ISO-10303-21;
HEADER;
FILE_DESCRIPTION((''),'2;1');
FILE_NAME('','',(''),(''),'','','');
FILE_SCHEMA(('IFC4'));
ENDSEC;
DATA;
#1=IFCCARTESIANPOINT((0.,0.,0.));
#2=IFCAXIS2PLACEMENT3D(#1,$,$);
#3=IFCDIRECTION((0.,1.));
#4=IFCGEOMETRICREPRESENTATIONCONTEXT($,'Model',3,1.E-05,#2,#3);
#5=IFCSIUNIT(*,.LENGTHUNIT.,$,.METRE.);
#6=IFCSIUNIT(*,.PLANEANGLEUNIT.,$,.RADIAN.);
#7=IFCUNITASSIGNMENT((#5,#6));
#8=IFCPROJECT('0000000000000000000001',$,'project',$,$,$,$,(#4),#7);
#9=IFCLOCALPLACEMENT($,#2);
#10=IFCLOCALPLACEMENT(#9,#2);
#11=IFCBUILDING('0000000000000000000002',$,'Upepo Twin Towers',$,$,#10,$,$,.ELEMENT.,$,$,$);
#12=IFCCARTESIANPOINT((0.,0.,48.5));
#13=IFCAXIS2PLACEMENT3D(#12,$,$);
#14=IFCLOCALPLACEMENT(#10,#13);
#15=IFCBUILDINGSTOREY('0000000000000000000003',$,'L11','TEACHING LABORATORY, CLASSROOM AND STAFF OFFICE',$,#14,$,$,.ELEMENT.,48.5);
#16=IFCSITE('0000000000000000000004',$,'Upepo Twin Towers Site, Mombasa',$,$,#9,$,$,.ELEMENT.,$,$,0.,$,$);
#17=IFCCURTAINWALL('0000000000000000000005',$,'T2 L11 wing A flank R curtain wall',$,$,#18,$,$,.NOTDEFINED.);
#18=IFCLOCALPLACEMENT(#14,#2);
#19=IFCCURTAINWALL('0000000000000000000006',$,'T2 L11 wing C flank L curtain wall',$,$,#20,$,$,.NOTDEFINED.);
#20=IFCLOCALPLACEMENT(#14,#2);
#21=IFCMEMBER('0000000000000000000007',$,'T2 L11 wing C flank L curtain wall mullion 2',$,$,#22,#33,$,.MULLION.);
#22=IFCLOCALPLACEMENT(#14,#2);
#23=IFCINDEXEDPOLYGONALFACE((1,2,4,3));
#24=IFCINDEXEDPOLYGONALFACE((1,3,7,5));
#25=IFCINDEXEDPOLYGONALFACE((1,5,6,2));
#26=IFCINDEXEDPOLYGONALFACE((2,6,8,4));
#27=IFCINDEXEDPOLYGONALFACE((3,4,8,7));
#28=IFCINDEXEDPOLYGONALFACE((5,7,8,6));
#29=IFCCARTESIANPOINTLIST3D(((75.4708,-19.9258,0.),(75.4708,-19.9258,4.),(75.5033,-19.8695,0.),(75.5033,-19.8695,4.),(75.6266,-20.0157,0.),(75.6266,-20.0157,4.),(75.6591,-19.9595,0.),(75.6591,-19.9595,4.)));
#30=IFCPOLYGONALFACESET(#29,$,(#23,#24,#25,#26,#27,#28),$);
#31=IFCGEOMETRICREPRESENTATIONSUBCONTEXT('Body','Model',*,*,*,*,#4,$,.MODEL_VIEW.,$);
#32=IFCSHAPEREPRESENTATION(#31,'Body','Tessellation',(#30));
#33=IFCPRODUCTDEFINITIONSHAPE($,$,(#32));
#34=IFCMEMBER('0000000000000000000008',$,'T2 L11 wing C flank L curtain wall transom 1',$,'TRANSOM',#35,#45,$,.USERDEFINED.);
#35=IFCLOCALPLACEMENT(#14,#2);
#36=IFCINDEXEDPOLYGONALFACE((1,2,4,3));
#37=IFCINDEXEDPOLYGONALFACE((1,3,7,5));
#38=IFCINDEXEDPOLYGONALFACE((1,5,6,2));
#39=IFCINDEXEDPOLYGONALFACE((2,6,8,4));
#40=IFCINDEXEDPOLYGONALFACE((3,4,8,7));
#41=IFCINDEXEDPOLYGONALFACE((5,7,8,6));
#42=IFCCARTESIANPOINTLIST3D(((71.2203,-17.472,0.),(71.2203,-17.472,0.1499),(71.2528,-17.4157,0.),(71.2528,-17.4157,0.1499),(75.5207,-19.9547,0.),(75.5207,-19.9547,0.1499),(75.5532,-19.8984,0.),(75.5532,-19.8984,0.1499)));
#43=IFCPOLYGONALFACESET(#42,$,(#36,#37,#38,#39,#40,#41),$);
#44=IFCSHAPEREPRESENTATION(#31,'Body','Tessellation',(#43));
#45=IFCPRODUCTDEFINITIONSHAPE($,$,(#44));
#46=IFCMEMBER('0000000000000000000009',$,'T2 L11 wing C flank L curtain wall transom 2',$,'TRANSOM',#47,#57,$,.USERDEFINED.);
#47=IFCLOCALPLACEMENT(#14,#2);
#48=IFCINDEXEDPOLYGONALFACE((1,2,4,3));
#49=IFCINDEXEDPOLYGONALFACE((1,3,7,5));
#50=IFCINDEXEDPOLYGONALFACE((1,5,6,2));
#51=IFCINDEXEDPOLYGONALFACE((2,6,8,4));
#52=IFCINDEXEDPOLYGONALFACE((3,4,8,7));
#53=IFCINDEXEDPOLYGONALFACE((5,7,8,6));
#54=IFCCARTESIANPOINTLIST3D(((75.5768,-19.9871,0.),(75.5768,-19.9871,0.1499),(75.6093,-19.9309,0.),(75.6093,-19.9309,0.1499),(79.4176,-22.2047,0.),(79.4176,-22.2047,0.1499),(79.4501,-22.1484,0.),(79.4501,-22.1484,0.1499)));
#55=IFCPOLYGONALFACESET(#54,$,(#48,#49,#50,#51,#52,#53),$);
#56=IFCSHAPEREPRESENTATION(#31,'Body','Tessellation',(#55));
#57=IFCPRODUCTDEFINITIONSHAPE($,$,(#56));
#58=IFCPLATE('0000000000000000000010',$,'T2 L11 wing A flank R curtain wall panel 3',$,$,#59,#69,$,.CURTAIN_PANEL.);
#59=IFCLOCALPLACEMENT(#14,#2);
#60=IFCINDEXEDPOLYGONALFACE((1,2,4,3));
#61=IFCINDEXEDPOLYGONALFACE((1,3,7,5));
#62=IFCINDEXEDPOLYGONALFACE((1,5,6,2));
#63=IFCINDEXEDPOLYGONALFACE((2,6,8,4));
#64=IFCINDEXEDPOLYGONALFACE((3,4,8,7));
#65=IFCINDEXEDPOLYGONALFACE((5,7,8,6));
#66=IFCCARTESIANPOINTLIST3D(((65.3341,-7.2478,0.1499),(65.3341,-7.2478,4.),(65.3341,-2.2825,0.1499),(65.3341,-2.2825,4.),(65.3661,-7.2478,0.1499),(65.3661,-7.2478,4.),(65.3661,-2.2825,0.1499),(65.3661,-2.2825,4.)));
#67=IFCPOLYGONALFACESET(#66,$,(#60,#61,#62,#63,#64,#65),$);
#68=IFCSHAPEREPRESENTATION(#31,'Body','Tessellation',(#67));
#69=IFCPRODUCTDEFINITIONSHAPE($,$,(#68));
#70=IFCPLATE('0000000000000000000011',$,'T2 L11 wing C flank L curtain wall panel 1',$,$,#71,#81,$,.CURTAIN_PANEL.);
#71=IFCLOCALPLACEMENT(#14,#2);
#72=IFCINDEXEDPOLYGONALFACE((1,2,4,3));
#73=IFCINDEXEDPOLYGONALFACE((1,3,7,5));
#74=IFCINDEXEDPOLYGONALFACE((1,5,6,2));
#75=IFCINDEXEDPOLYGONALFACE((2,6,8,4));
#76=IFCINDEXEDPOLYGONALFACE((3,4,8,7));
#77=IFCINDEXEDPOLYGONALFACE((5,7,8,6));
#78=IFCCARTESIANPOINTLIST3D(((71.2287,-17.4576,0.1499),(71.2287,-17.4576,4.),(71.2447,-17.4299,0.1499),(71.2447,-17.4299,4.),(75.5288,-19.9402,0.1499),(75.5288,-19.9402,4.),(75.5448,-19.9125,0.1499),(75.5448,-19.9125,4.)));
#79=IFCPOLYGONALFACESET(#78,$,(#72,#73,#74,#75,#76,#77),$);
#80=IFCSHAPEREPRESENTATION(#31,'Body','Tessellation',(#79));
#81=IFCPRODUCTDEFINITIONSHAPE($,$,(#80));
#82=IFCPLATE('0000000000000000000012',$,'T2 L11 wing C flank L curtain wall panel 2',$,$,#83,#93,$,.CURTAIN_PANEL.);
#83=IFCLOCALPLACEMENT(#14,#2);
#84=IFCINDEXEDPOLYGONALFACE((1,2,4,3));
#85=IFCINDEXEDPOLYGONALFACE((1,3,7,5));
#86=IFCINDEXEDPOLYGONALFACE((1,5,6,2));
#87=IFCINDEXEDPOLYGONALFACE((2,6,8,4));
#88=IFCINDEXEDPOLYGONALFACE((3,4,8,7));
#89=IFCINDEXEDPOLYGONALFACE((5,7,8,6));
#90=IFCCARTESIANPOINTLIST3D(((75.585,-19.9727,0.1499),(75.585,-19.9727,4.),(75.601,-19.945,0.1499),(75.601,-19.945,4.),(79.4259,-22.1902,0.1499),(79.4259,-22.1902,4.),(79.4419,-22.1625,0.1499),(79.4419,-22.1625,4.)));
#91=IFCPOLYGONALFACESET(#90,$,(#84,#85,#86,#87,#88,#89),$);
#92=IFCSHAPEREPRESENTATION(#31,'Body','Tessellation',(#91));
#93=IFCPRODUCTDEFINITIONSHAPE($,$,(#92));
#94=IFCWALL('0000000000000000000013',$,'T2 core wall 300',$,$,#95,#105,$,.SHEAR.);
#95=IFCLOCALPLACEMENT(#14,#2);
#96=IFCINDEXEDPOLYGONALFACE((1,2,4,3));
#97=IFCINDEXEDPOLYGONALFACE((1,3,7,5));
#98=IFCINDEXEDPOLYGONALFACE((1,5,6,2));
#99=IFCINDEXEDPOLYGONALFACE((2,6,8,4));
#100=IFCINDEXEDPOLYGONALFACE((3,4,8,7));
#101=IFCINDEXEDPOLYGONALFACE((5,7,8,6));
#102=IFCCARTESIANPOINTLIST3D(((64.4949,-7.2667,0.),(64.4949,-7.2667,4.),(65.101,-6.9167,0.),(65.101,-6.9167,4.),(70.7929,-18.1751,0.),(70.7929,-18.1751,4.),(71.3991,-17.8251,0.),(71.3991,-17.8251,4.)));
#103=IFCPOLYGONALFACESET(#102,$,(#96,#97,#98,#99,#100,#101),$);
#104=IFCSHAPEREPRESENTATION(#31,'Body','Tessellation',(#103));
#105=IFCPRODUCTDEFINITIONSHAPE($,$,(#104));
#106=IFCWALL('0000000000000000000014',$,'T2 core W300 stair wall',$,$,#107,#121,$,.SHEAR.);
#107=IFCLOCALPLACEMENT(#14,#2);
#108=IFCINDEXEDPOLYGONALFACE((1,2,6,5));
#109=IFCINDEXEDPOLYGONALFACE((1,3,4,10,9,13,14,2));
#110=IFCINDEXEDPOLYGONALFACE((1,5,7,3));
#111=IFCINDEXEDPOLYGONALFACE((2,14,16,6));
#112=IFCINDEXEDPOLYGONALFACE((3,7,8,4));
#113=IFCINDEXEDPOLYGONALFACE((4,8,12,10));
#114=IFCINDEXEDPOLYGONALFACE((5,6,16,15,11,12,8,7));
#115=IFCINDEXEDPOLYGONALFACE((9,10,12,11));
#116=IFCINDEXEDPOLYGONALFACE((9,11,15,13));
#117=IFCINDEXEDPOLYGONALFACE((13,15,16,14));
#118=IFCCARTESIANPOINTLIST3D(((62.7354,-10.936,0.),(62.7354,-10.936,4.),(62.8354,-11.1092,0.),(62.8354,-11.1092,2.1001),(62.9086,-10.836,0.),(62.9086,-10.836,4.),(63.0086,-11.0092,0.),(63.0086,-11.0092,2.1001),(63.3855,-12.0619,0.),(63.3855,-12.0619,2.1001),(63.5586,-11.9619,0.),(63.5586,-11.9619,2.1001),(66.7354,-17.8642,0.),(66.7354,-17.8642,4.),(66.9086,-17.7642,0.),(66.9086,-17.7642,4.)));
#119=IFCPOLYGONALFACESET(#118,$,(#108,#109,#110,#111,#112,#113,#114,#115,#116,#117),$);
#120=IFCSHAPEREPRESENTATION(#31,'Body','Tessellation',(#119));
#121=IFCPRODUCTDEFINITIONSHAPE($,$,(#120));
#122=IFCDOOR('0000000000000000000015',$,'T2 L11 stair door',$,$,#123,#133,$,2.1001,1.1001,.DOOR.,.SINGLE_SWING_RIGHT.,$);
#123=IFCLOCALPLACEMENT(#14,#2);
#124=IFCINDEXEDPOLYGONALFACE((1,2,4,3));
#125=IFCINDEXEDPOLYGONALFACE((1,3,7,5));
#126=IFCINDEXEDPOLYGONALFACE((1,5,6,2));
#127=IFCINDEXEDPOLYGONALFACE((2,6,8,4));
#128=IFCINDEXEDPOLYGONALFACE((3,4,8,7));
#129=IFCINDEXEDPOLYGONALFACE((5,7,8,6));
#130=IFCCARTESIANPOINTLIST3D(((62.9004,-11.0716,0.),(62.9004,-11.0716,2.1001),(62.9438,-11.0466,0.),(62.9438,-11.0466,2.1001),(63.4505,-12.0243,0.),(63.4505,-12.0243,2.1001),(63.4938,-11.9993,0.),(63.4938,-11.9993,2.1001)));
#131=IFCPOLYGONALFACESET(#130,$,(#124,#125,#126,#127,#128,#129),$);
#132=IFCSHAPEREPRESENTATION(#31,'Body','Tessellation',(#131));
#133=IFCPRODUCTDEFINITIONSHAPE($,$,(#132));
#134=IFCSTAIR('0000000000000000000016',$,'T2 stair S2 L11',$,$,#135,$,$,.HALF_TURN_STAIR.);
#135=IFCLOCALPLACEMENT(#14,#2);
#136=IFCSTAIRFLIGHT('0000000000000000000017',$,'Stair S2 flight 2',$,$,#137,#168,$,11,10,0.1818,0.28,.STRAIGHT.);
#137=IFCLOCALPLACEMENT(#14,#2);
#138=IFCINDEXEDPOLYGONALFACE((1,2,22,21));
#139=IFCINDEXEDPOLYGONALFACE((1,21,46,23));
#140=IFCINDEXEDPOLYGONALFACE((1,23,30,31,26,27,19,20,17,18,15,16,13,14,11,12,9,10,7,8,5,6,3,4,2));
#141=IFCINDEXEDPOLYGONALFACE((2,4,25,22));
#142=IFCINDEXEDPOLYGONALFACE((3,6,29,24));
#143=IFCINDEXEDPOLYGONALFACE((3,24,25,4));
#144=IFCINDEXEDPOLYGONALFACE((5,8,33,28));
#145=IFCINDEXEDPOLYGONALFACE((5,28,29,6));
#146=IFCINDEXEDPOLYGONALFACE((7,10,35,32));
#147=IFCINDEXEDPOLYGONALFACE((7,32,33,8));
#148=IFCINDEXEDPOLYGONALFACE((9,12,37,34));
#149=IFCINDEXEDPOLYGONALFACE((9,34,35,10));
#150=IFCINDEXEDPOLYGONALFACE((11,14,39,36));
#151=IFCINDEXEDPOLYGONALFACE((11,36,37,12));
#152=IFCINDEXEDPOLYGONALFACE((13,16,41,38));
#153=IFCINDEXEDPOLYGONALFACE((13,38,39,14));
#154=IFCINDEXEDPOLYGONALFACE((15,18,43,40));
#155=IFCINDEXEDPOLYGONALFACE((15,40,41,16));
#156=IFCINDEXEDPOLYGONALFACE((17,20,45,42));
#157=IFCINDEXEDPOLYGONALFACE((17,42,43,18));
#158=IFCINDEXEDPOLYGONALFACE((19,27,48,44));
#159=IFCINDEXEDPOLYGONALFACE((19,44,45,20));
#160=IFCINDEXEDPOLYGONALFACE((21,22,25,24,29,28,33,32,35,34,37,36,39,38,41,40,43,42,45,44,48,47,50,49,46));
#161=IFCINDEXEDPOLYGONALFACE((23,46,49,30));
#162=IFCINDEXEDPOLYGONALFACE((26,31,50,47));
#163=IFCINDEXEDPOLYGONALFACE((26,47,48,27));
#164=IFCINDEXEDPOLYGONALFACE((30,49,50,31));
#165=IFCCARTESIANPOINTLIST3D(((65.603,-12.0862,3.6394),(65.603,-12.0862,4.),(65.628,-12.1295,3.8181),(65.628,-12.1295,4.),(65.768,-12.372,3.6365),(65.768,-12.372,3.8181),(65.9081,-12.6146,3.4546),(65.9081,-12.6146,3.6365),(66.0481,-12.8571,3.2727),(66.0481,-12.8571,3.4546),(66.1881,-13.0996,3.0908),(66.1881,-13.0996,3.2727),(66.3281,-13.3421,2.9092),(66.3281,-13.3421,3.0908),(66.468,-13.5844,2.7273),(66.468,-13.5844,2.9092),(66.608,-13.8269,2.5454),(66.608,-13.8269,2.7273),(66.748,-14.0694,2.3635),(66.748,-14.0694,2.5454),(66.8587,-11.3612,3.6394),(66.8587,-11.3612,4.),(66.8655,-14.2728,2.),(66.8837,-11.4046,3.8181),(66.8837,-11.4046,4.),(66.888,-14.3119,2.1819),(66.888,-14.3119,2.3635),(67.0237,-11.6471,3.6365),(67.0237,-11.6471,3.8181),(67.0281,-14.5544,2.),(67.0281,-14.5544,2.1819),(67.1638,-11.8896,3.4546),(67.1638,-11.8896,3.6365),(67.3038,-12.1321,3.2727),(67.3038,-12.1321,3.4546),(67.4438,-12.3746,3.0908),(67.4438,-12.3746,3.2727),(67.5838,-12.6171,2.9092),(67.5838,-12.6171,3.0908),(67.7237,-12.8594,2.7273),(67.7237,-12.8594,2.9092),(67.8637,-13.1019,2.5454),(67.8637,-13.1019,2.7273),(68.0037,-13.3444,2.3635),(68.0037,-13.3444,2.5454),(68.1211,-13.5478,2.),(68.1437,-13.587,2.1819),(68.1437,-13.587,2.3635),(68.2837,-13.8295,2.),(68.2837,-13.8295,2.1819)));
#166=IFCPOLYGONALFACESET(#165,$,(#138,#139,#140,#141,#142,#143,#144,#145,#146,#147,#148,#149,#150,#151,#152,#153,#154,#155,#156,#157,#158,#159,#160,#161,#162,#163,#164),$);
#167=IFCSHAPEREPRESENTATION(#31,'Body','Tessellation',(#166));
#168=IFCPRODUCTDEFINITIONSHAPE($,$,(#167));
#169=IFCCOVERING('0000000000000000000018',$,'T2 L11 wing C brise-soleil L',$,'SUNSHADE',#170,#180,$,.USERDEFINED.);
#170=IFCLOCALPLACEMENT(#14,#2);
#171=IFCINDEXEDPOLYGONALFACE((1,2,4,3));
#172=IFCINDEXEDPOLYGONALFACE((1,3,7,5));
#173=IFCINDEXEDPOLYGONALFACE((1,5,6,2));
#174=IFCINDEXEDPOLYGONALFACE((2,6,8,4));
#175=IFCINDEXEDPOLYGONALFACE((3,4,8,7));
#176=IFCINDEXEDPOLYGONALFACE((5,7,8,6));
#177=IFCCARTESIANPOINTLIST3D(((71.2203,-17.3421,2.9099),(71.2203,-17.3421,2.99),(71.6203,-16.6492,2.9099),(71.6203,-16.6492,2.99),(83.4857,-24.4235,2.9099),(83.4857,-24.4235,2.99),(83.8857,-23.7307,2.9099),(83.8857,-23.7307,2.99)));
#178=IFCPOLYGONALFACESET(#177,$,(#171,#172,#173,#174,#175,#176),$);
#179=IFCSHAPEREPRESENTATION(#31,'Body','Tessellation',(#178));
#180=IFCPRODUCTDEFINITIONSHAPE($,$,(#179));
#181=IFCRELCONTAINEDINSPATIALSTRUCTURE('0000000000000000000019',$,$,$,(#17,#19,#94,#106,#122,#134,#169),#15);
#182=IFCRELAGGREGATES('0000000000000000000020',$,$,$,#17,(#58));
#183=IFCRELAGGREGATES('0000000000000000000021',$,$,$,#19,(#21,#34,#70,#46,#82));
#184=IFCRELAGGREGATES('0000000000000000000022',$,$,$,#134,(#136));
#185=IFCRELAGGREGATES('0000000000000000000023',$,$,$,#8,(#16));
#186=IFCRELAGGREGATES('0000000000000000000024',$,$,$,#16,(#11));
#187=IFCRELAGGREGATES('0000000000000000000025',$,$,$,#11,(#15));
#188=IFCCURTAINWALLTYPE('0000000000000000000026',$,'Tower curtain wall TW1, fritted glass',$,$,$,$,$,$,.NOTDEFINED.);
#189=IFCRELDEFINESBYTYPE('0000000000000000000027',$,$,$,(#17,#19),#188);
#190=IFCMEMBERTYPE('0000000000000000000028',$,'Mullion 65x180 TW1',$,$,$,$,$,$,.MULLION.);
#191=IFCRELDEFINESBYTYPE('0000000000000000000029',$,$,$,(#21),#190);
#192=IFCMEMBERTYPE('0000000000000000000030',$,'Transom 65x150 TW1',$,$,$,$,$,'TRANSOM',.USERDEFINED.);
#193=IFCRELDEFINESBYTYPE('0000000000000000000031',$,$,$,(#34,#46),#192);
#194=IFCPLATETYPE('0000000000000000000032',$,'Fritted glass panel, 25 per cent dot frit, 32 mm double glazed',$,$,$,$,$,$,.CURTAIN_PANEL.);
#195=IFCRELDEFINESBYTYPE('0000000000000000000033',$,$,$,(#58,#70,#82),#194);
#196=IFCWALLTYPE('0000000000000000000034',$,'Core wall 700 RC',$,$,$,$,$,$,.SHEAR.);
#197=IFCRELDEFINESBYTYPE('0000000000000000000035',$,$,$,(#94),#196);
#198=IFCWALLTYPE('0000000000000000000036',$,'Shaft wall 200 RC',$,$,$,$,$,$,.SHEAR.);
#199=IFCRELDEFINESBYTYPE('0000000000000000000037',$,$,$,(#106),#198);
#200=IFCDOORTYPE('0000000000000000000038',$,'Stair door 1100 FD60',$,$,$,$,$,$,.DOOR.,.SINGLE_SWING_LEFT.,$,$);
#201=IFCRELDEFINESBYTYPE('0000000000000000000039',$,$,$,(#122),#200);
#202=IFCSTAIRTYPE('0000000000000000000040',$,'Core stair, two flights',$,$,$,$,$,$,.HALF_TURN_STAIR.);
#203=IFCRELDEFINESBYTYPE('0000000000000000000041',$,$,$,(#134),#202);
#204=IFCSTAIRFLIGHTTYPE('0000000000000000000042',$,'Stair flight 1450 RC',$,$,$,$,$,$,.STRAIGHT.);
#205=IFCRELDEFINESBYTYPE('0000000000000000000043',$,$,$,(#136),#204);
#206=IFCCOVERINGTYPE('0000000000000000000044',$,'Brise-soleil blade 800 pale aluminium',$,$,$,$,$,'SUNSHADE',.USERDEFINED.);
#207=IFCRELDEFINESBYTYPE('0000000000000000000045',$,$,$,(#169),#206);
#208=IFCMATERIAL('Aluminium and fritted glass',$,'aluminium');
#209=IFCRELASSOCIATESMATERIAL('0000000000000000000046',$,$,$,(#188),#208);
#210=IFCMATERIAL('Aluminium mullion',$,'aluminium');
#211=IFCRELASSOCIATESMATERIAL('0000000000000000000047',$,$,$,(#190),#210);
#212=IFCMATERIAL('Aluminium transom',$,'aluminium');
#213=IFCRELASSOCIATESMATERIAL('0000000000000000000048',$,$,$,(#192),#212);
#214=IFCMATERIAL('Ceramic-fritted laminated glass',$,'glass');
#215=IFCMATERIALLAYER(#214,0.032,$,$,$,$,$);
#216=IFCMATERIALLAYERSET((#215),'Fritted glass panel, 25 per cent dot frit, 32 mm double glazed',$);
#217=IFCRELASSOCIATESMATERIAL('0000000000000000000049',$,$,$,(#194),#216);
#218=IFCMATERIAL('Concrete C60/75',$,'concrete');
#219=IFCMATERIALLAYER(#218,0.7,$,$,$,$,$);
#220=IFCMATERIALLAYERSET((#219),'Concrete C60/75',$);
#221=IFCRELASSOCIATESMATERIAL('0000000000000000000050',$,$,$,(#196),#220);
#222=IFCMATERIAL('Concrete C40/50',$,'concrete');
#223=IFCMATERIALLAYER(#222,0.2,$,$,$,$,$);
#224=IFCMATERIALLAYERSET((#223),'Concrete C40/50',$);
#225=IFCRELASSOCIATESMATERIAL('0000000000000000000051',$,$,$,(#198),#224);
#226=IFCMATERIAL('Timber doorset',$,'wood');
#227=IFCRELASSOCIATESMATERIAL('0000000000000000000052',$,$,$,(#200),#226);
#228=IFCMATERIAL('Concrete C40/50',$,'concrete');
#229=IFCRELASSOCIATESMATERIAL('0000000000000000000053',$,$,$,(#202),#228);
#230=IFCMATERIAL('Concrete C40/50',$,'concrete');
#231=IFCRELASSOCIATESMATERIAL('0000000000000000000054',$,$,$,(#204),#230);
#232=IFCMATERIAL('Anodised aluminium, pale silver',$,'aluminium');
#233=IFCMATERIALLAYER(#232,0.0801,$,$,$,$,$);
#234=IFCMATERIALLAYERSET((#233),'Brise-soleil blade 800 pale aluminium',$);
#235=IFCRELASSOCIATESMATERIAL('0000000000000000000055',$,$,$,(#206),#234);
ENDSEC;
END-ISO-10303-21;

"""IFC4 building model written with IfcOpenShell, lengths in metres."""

from ifc_helpers import new_model, si_unit, direction, frame, frame_2d, origin, origin_2d, place, context, subcontext, project, spatial, polyline, rectangle, outline, extrude, material, layer, layer_set, material_profile, profile_set, type_object, element, fill, aggregate, save


model = new_model("IFC4")

# Units and contexts
model_context = context("Model", 3, precision=1e-05, world=origin(), true_north=direction((0.0, 1.0)))
body_context = subcontext(model_context, "Body", "Model", "MODEL_VIEW")
ifc_project = project(units=[si_unit("LENGTHUNIT", "METRE"), si_unit("PLANEANGLEUNIT", "RADIAN")], contexts=[model_context])

# Site, building, storey
site_placement = place(None, origin())
site = spatial("IfcSite", under=ifc_project, at=site_placement, Name="Upepo Twin Towers Site, Mombasa", CompositionType="ELEMENT", RefElevation=0.0)
building_placement = place(site_placement, origin())
building = spatial("IfcBuilding", under=site, at=building_placement, Name="Upepo Twin Towers", CompositionType="ELEMENT")
storey_placement = place(building_placement, frame((0.0, 0.0, 48.5)))
storey = spatial("IfcBuildingStorey", under=building, at=storey_placement, Name="L11", Description="TEACHING LABORATORY, CLASSROOM AND STAFF OFFICE", CompositionType="ELEMENT", Elevation=48.5)

# Curtain wall
ifc_material_1 = material(Name="Aluminium and fritted glass", Category="aluminium")
curtain_wall_type = type_object("IfcCurtainWallType", Name="Tower curtain wall TW1, fritted glass", PredefinedType="NOTDEFINED", material=ifc_material_1)
curtain_wall_1_placement = place(storey_placement, origin())
curtain_wall_1 = element("IfcCurtainWall", 1, at=curtain_wall_1_placement, inside=storey, type_object=curtain_wall_type, Name="T2 L11 wing A flank R curtain wall", PredefinedType="NOTDEFINED")
ifc_material_2 = material(Name="Aluminium mullion", Category="aluminium")
ifc_material_profile_1 = material_profile(ifc_material_2, rectangle(XDim=0.0649, YDim=0.1799, at=origin_2d()), Name="MULLION 65x180")
ifc_profile_set_1 = profile_set([ifc_material_profile_1], Name="Aluminium mullion")
member_type_1 = type_object("IfcMemberType", Name="Mullion 65x180 TW1", PredefinedType="MULLION", material=ifc_profile_set_1)

# Curtain wall, members
curtain_wall_2_placement = place(storey_placement, origin())
curtain_wall_2 = element("IfcCurtainWall", 2, at=curtain_wall_2_placement, inside=storey, type_object=curtain_wall_type, Name="T2 L11 wing C flank L curtain wall", PredefinedType="NOTDEFINED")
member_1_placement = place(storey_placement, frame((75.5649, -19.9426, 0.0), z_axis=(0.0, 0.0, 1.0), x_axis=(0.5, 0.866025, 0.0)))
member_1 = element("IfcMember", 3, at=member_1_placement, type_object=member_type_1, Name="T2 L11 wing C flank L curtain wall mullion 2", PredefinedType="MULLION", context=body_context, shape_type="SweptSolid", body=[
    extrude(rectangle(XDim=0.0649, YDim=0.1799, at=origin_2d()), origin(), (0.0, 0.0, 1.0), 4.0),
])
ifc_material_3 = material(Name="Aluminium transom", Category="aluminium")
ifc_material_profile_2 = material_profile(ifc_material_3, rectangle(XDim=0.0649, YDim=0.1499, at=origin_2d()), Name="TRANSOM 65x150")
ifc_profile_set_2 = profile_set([ifc_material_profile_2], Name="Aluminium transom")
member_type_2 = type_object("IfcMemberType", Name="Transom 65x150 TW1", ElementType="TRANSOM", PredefinedType="USERDEFINED", material=ifc_profile_set_2)
member_2_placement = place(storey_placement, frame((71.2366, -17.4438, 0.075), z_axis=(0.866035, -0.499983, 0.0), x_axis=(0.499983, 0.866035, 0.0)))
member_2 = element("IfcMember", 4, at=member_2_placement, type_object=member_type_2, Name="T2 L11 wing C flank L curtain wall transom 1", ObjectType="TRANSOM", PredefinedType="USERDEFINED", context=body_context, shape_type="SweptSolid", body=[
    extrude(rectangle(XDim=0.0649, YDim=0.1499, at=origin_2d()), origin(), (0.0, 0.0, 1.0), 4.9656),
])
member_3_placement = place(storey_placement, frame((75.593, -19.959, 0.075), z_axis=(0.866022, -0.500005, 0.0), x_axis=(0.500005, 0.866022, 0.0)))
member_3 = element("IfcMember", 5, at=member_3_placement, type_object=member_type_2, Name="T2 L11 wing C flank L curtain wall transom 2", ObjectType="TRANSOM", PredefinedType="USERDEFINED", context=body_context, shape_type="SweptSolid", body=[
    extrude(rectangle(XDim=0.0649, YDim=0.1499, at=origin_2d()), origin(), (0.0, 0.0, 1.0), 4.4351),
])

# Plates
ifc_material_4 = material(Name="Ceramic-fritted laminated glass", Category="glass")
ifc_layer_1 = layer(ifc_material_4, 0.032)
ifc_layer_set_1 = layer_set([ifc_layer_1], Name="Fritted glass panel, 25 per cent dot frit, 32 mm double glazed")
plate_type = type_object("IfcPlateType", Name="Fritted glass panel, 25 per cent dot frit, 32 mm double glazed", PredefinedType="CURTAIN_PANEL", material=ifc_layer_set_1)
plate_1_placement = place(storey_placement, frame((65.3501, -4.7651, 0.1499), z_axis=(0.0, 0.0, 1.0), x_axis=(0.0, -1.0, 0.0)))
plate_1 = element("IfcPlate", 6, at=plate_1_placement, type_object=plate_type, Name="T2 L11 wing A flank R curtain wall panel 3", PredefinedType="CURTAIN_PANEL", context=body_context, shape_type="SweptSolid", body=[
    extrude(rectangle(XDim=4.9653, YDim=0.032, at=origin_2d()), origin(), (0.0, 0.0, 1.0), 3.8501),
])
aggregate(curtain_wall_1, [plate_1])
plate_2_placement = place(storey_placement, frame((73.3867, -18.6851, 0.1499), z_axis=(0.0, 0.0, 1.0), x_axis=(0.866025, -0.5, 0.0)))
plate_2 = element("IfcPlate", 7, at=plate_2_placement, type_object=plate_type, Name="T2 L11 wing C flank L curtain wall panel 1", PredefinedType="CURTAIN_PANEL", context=body_context, shape_type="SweptSolid", body=[
    extrude(rectangle(XDim=4.9653, YDim=0.032, at=origin_2d()), origin(), (0.0, 0.0, 1.0), 3.8501),
])
plate_3_placement = place(storey_placement, frame((77.5134, -21.0676, 0.1499), z_axis=(0.0, 0.0, 1.0), x_axis=(0.866025, -0.5, 0.0)))
plate_3 = element("IfcPlate", 8, at=plate_3_placement, type_object=plate_type, Name="T2 L11 wing C flank L curtain wall panel 2", PredefinedType="CURTAIN_PANEL", context=body_context, shape_type="SweptSolid", body=[
    extrude(rectangle(XDim=4.4351, YDim=0.032, at=origin_2d()), origin(), (0.0, 0.0, 1.0), 3.8501),
])
aggregate(curtain_wall_2, [member_1, member_2, plate_2, member_3, plate_3])

# Wall
ifc_material_5 = material(Name="Concrete C60/75", Category="concrete")
ifc_layer_2 = layer(ifc_material_5, 0.7)
ifc_layer_set_2 = layer_set([ifc_layer_2], Name="Concrete C60/75")
wall_type_1 = type_object("IfcWallType", Name="Core wall 700 RC", PredefinedType="SHEAR", material=ifc_layer_set_2)
wall_1_placement = place(storey_placement, frame((71.0959, -18.0, 0.0), z_axis=(0.0, 0.0, 1.0), x_axis=(-0.500006, 0.866022, 0.0)))
element("IfcWall", 9, at=wall_1_placement, inside=storey, type_object=wall_type_1, Name="T2 core wall 300", PredefinedType="SHEAR", context=body_context, shape_type="SweptSolid", body=[
    extrude(rectangle(XDim=12.5959, YDim=0.7, at=frame_2d((6.2979, 0.0))), origin(), (0.0, 0.0, 1.0), 4.0),
])

# Wall, opening, door
ifc_material_6 = material(Name="Concrete C40/50", Category="concrete")
ifc_layer_3 = layer(ifc_material_6, 0.2)
ifc_layer_set_3 = layer_set([ifc_layer_3], Name="Concrete C40/50")
wall_type_2 = type_object("IfcWallType", Name="Shaft wall 200 RC", PredefinedType="SHEAR", material=ifc_layer_set_3)
wall_2_placement = place(storey_placement, frame((66.822, -17.8142, 0.0), z_axis=(0.0, 0.0, 1.0), x_axis=(-0.499999, 0.866026, 0.0)))
wall_2 = element("IfcWall", 10, at=wall_2_placement, inside=storey, type_object=wall_type_2, Name="T2 core W300 stair wall", PredefinedType="SHEAR", context=body_context, shape_type="SweptSolid", body=[
    extrude(rectangle(XDim=8.0, YDim=0.2, at=frame_2d((4.0, 0.0))), origin(), (0.0, 0.0, 1.0), 4.0),
])
opening_placement = place(wall_2_placement, frame((6.7, 0.0, 0.0)))
opening = element("IfcOpeningElement", 11, at=opening_placement, cuts=wall_2, PredefinedType="OPENING", context=body_context, shape_type="SweptSolid", body=[
    extrude(rectangle(XDim=1.1001, YDim=2.1001, at=frame_2d((0.55, 1.05))), frame((0.0, 0.1099, 0.0), z_axis=(0.0, -1.0, 0.0), x_axis=(1.0, 0.0, 0.0)), (0.0, 0.0, 1.0), 0.22),
])
ifc_material_7 = material(Name="Timber doorset", Category="wood")
door_type = type_object("IfcDoorType", Name="Stair door 1100 FD60", OperationType="SINGLE_SWING_LEFT", PredefinedType="DOOR", material=ifc_material_7)
door_placement = place(opening_placement, origin())
door = element("IfcDoor", 12, at=door_placement, inside=storey, type_object=door_type, Name="T2 L11 stair door", OperationType="SINGLE_SWING_RIGHT", OverallHeight=2.1001, OverallWidth=1.1001, PredefinedType="DOOR", context=body_context, shape_type="SweptSolid", body=[
    extrude(rectangle(XDim=1.1001, YDim=2.1001, at=frame_2d((0.55, 1.05))), frame((0.0, 0.0249, 0.0), z_axis=(0.0, -1.0, 0.0), x_axis=(1.0, 0.0, 0.0)), (0.0, 0.0, 1.0), 0.05),
])
fill(opening, door)

# Stair, stair flight
ifc_material_8 = material(Name="Concrete C40/50", Category="concrete")
stair_type = type_object("IfcStairType", Name="Core stair, two flights", PredefinedType="HALF_TURN_STAIR", material=ifc_material_8)
stair_placement = place(storey_placement, origin())
stair = element("IfcStair", 13, at=stair_placement, inside=storey, type_object=stair_type, Name="T2 stair S2 L11", PredefinedType="HALF_TURN_STAIR")
ifc_material_9 = material(Name="Concrete C40/50", Category="concrete")
stair_flight_type = type_object("IfcStairFlightType", Name="Stair flight 1450 RC", PredefinedType="STRAIGHT", material=ifc_material_9)
stair_flight_placement = place(storey_placement, frame((67.656, -14.1919, 2.0), z_axis=(0.0, 0.0, 1.0), x_axis=(-0.5, 0.866025, 0.0)))
stair_flight = element("IfcStairFlight", 14, at=stair_flight_placement, type_object=stair_flight_type, Name="Stair S2 flight 2", NumberOfRisers=11, NumberOfTreads=10, PredefinedType="STRAIGHT", RiserHeight=0.1818, TreadLength=0.28, context=body_context, shape_type="SweptSolid", body=[
    extrude(outline(polyline([(0.0, 0.0), (0.0, 0.1819), (0.28, 0.1819), (0.28, 0.3635), (0.5601, 0.3635), (0.5601, 0.5454), (0.8401, 0.5454), (0.8401, 0.7273), (1.1201, 0.7273), (1.1201, 0.9092), (1.3999, 0.9092), (1.3999, 1.0908), (1.6799, 1.0908), (1.6799, 1.2727), (1.96, 1.2727), (1.96, 1.4546), (2.24, 1.4546), (2.24, 1.6365), (2.52, 1.6365), (2.52, 1.8181), (2.8, 1.8181), (2.8, 2.0), (2.8501, 2.0), (2.8501, 1.6394), (0.3252, 0.0), (0.0, 0.0)])), frame((0.0, 0.7251, 0.0), z_axis=(0.0, -1.0, 0.0), x_axis=(1.0, 0.0, 0.0)), (0.0, 0.0, 1.0), 1.45),
])
aggregate(stair, [stair_flight])

# Covering
ifc_material_10 = material(Name="Anodised aluminium, pale silver", Category="aluminium")
ifc_layer_4 = layer(ifc_material_10, 0.0801)
ifc_layer_set_4 = layer_set([ifc_layer_4], Name="Brise-soleil blade 800 pale aluminium")
covering_type = type_object("IfcCoveringType", Name="Brise-soleil blade 800 pale aluminium", ElementType="SUNSHADE", PredefinedType="USERDEFINED", material=ifc_layer_set_4)
covering_placement = place(storey_placement, frame((77.553, -20.5364, 2.9099), z_axis=(0.0, 0.0, 1.0), x_axis=(0.866025, -0.5, 0.0)))
element("IfcCovering", 15, at=covering_placement, inside=storey, type_object=covering_type, Name="T2 L11 wing C brise-soleil L", ObjectType="SUNSHADE", PredefinedType="USERDEFINED", context=body_context, shape_type="SweptSolid", body=[
    extrude(rectangle(XDim=14.1628, YDim=0.8, at=origin_2d()), origin(), (0.0, 0.0, 1.0), 0.0801),
])

save(model, "model.ifc")
